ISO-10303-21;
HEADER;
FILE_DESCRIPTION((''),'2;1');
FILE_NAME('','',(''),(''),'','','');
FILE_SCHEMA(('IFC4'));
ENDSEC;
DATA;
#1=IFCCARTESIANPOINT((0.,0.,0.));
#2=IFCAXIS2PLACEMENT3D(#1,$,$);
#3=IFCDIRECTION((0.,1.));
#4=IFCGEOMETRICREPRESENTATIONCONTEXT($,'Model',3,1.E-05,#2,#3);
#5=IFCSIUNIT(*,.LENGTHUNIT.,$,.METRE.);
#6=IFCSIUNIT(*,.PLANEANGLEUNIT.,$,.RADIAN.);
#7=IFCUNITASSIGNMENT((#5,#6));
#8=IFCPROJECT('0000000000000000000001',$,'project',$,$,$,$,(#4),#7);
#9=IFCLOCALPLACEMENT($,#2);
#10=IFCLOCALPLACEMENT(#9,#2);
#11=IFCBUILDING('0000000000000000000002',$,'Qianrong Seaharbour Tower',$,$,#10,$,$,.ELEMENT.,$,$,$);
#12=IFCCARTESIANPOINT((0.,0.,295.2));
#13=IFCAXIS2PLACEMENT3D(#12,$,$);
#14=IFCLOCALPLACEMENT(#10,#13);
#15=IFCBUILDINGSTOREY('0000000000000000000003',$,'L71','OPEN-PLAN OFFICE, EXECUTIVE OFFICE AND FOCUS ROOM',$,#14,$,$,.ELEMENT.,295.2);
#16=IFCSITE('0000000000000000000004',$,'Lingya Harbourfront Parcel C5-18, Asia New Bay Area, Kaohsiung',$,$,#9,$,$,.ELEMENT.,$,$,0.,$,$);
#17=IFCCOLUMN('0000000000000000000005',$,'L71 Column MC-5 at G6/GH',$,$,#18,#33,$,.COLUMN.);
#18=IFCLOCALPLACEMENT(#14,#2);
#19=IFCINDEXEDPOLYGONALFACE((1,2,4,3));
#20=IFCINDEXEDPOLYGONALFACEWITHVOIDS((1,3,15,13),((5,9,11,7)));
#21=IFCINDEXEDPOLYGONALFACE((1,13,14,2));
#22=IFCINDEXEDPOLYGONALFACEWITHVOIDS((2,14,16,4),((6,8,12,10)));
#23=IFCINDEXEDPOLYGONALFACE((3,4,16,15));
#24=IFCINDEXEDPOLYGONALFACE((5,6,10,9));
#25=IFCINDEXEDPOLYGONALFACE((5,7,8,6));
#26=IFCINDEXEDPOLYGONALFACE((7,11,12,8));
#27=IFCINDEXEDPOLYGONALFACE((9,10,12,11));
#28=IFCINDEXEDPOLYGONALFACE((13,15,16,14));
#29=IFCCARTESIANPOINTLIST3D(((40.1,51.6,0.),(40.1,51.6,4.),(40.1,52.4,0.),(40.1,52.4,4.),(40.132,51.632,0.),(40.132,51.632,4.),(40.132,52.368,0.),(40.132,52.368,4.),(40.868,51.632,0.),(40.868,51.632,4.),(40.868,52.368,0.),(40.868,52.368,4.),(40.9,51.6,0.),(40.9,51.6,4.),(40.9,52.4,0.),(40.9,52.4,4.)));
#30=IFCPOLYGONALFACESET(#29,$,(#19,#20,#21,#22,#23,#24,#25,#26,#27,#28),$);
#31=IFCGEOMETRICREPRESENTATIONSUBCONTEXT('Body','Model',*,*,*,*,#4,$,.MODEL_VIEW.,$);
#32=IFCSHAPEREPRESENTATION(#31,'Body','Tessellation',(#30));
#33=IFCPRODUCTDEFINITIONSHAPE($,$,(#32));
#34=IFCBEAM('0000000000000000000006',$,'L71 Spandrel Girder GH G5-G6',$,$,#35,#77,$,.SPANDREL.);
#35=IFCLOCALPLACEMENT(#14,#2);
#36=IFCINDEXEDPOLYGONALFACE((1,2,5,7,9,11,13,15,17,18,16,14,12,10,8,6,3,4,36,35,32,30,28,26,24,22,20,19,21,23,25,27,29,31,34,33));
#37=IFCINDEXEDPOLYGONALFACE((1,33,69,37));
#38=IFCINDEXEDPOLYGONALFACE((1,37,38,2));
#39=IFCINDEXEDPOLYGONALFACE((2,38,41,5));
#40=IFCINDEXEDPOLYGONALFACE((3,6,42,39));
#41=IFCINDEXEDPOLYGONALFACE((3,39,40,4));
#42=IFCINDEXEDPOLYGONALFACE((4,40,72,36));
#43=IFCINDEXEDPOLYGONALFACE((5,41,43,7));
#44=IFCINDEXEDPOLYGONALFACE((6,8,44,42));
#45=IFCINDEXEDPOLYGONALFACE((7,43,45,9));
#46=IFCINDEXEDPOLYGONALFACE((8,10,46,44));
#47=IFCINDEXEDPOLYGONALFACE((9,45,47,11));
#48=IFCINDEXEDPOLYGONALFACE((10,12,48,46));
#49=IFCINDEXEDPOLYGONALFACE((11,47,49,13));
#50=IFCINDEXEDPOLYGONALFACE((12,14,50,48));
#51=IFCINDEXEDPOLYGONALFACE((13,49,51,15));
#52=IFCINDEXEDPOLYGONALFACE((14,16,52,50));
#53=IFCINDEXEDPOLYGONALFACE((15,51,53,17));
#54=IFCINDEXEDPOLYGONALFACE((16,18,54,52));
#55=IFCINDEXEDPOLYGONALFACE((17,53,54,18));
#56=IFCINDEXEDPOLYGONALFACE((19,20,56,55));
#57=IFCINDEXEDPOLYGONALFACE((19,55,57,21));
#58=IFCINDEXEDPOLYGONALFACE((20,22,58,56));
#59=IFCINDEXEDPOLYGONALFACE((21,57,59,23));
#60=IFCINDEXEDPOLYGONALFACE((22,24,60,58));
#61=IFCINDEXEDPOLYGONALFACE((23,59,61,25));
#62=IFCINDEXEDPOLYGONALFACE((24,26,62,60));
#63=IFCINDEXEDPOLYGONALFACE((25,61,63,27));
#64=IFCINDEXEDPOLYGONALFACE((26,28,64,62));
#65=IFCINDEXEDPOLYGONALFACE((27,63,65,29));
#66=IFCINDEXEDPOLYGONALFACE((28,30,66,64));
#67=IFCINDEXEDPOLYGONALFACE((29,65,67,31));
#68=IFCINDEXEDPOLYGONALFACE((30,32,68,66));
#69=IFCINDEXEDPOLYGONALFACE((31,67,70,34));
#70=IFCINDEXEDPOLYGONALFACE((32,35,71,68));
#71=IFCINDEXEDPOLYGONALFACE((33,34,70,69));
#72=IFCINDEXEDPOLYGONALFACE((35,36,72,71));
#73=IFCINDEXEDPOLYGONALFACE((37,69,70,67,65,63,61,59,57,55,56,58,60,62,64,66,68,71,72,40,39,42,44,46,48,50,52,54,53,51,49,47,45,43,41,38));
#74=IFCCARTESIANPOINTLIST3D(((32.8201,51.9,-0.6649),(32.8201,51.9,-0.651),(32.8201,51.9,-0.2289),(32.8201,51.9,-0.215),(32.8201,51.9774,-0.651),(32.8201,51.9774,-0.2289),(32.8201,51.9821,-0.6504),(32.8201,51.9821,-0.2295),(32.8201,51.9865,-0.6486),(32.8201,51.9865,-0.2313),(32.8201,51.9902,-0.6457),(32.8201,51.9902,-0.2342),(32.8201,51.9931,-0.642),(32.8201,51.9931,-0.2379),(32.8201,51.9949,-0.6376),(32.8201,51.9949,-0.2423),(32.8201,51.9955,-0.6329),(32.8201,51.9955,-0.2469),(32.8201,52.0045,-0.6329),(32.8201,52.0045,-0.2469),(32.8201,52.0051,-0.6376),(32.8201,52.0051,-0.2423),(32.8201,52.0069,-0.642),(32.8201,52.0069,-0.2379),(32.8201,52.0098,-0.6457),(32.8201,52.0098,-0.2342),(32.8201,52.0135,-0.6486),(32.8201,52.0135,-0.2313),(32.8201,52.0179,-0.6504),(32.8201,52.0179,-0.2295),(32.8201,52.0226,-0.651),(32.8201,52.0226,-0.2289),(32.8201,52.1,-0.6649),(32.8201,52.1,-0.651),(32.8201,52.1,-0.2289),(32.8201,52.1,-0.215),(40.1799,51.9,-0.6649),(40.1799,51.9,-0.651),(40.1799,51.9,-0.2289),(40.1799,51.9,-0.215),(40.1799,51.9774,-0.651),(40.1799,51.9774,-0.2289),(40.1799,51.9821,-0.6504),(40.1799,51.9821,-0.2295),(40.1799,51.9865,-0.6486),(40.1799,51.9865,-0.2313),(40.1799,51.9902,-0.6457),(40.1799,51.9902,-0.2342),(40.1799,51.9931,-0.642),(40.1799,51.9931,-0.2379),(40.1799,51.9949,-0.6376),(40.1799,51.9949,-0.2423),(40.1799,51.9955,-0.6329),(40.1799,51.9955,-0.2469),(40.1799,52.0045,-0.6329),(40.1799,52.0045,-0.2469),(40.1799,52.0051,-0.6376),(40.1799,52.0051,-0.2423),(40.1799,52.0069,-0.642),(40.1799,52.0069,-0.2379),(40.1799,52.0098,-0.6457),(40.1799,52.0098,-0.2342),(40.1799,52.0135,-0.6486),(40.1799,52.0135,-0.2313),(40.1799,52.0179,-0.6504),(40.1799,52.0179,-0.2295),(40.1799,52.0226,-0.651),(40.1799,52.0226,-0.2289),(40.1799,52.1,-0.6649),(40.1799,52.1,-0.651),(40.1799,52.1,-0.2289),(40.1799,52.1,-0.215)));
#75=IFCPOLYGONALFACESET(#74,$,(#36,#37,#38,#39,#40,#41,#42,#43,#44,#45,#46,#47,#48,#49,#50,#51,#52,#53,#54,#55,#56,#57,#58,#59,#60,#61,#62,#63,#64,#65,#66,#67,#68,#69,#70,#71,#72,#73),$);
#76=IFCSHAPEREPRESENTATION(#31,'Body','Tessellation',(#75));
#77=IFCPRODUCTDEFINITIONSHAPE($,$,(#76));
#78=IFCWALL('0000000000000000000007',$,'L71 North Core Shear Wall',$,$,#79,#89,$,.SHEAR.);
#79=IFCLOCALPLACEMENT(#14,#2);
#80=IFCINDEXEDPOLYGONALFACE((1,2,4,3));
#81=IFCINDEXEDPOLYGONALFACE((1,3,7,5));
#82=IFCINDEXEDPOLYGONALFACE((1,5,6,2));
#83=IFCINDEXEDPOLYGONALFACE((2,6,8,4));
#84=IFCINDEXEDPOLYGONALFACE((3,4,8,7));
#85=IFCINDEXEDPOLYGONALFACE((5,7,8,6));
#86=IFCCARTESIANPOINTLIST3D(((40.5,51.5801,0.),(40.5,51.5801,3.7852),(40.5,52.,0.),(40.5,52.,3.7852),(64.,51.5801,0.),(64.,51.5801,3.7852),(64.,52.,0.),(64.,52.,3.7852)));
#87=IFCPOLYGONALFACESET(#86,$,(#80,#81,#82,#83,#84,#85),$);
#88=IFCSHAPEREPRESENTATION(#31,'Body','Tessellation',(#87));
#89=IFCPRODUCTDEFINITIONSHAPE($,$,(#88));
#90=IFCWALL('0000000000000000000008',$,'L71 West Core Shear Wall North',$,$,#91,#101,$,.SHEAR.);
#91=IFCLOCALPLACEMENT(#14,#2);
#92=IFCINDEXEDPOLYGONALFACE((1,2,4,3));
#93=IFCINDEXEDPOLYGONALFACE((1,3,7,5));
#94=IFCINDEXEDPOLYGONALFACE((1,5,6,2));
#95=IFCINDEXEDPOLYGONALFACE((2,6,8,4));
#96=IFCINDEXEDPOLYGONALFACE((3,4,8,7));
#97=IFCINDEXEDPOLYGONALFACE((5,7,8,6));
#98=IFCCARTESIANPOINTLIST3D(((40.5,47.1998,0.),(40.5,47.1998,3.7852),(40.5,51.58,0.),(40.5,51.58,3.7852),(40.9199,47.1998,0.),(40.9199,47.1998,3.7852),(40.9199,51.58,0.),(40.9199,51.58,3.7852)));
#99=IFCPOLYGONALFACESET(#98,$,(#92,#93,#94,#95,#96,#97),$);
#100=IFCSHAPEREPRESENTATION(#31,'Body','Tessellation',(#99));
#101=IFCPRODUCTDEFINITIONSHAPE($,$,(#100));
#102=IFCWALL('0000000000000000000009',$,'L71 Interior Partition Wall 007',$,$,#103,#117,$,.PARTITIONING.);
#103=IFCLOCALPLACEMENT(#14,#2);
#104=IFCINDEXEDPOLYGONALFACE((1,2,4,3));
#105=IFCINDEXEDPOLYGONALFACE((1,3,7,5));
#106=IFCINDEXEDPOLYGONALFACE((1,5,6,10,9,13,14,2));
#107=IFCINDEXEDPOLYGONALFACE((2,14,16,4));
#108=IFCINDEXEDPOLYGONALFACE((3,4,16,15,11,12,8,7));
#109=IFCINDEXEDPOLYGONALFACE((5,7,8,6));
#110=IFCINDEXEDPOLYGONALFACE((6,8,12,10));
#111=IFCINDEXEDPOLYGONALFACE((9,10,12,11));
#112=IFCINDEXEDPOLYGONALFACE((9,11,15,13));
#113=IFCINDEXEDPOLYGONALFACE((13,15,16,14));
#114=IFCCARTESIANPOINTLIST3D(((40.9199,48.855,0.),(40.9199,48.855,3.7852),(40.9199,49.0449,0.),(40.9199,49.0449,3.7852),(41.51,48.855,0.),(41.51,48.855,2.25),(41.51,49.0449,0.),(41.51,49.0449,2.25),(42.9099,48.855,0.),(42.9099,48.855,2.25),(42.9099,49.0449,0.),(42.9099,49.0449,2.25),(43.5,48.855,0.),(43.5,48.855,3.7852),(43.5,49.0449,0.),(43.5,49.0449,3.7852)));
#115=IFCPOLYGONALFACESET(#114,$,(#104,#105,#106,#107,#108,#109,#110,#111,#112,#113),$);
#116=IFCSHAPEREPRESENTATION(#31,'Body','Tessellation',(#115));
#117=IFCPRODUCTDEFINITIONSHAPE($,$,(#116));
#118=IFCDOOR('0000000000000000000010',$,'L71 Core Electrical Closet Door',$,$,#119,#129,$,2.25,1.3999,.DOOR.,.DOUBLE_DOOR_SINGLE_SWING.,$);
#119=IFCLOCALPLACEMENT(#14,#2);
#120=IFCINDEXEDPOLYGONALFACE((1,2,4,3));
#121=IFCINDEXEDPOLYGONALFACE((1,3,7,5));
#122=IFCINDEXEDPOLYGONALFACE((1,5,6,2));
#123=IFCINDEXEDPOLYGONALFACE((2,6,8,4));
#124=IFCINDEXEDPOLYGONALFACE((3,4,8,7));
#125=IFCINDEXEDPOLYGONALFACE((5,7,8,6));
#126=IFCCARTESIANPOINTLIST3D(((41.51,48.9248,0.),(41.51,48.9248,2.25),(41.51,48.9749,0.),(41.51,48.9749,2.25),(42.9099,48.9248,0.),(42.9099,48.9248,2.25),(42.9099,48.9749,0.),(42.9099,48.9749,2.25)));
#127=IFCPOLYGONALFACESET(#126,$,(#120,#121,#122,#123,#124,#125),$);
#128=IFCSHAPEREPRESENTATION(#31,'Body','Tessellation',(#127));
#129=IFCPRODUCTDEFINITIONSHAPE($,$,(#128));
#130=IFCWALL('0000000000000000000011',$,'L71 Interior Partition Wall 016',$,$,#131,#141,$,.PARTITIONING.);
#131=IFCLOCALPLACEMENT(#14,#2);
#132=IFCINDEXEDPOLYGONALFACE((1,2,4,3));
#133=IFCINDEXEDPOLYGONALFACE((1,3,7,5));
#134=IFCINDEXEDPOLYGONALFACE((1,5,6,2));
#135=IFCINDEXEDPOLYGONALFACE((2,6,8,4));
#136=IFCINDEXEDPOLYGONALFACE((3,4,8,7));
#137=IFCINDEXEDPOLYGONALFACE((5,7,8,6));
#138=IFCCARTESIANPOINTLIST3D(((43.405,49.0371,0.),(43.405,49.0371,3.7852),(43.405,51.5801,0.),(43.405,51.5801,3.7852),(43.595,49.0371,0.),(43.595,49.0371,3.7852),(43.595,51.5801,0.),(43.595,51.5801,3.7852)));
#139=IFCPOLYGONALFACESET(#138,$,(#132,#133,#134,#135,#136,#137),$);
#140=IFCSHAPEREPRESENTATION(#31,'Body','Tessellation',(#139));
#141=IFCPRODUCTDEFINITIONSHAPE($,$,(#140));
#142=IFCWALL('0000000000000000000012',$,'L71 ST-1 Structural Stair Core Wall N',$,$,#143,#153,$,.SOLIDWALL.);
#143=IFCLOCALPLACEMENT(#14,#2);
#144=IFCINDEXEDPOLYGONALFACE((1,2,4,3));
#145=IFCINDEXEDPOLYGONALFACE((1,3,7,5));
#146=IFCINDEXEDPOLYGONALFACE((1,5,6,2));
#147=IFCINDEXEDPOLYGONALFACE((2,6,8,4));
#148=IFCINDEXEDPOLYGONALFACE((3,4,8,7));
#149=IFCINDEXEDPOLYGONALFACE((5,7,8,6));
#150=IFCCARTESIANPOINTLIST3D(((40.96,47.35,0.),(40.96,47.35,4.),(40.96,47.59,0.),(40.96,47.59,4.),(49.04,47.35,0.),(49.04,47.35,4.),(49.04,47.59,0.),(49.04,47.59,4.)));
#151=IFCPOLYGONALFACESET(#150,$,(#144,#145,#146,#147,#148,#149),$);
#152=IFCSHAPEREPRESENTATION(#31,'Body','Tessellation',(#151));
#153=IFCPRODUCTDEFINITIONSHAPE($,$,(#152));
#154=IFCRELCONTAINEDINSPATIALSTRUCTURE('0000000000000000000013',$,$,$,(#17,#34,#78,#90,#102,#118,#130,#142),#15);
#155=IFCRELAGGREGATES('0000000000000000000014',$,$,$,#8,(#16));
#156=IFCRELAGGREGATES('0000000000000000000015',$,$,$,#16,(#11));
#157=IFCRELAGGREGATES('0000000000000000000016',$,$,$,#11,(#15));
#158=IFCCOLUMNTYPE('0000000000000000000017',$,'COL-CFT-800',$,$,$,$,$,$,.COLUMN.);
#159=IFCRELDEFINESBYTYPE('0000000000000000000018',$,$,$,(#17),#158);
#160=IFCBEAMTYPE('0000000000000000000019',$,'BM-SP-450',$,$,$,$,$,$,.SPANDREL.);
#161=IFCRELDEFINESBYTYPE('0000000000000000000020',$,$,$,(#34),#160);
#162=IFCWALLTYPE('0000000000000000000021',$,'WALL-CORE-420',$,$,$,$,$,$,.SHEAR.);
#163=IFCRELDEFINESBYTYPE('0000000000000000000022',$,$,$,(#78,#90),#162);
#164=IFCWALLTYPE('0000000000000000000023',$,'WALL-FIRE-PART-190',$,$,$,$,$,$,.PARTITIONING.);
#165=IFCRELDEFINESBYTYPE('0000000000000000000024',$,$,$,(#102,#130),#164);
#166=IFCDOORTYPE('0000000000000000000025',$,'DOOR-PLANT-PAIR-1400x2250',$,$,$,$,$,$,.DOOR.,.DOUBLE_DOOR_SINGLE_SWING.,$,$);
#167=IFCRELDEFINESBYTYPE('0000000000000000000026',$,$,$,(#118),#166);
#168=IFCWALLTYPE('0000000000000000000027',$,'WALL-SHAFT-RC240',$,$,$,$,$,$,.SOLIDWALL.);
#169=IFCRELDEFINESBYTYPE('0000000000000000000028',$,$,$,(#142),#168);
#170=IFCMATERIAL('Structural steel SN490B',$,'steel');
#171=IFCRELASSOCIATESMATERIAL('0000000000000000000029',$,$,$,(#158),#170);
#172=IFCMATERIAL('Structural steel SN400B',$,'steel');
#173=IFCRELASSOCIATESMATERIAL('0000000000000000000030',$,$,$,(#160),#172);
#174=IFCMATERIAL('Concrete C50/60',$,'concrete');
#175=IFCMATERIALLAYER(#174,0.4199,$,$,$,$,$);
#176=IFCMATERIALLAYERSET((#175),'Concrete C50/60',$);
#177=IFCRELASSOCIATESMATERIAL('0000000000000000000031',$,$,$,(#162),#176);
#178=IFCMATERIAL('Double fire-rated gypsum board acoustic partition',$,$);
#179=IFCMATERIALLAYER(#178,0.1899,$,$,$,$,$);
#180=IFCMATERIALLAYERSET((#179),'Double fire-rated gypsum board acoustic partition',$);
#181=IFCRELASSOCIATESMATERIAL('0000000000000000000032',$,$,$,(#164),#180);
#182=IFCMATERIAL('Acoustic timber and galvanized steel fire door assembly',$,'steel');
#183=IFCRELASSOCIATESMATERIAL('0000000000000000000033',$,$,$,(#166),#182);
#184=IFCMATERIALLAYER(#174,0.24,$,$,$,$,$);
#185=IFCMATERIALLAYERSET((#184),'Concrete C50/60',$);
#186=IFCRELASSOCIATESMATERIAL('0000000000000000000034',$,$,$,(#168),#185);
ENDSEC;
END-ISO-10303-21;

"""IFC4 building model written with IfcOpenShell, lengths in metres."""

from ifc_helpers import new_model, si_unit, direction, frame, frame_2d, origin, origin_2d, place, context, subcontext, project, spatial, rectangle, hollow_rectangle, i_section, extrude, material, layer, layer_set, material_profile, profile_set, type_object, element, fill, save


model = new_model("IFC4")

# Units and contexts
model_context = context("Model", 3, precision=1e-05, world=origin(), true_north=direction((0.0, 1.0)))
body_context = subcontext(model_context, "Body", "Model", "MODEL_VIEW")
ifc_project = project(units=[si_unit("LENGTHUNIT", "METRE"), si_unit("PLANEANGLEUNIT", "RADIAN")], contexts=[model_context])

# Site, building, storey
site_placement = place(None, origin())
site = spatial("IfcSite", under=ifc_project, at=site_placement, Name="Lingya Harbourfront Parcel C5-18, Asia New Bay Area, Kaohsiung", CompositionType="ELEMENT", RefElevation=0.0)
building_placement = place(site_placement, origin())
building = spatial("IfcBuilding", under=site, at=building_placement, Name="Qianrong Seaharbour Tower", CompositionType="ELEMENT")
storey_placement = place(building_placement, frame((0.0, 0.0, 295.2)))
storey = spatial("IfcBuildingStorey", under=building, at=storey_placement, Name="L71", Description="OPEN-PLAN OFFICE, EXECUTIVE OFFICE AND FOCUS ROOM", CompositionType="ELEMENT", Elevation=295.2)

# Column
ifc_material_1 = material(Name="Structural steel SN490B", Category="steel")
ifc_material_profile_1 = material_profile(ifc_material_1, hollow_rectangle(XDim=0.8, YDim=0.8, WallThickness=0.032, at=origin_2d()), Name="BOX800x800x32")
ifc_profile_set_1 = profile_set([ifc_material_profile_1], Name="Structural steel SN490B")
column_type = type_object("IfcColumnType", Name="COL-CFT-800", PredefinedType="COLUMN", material=ifc_profile_set_1)
column_placement = place(storey_placement, frame((40.5, 52.0, 0.0), z_axis=(0.0, 0.0, 1.0), x_axis=(1.0, 0.0, 0.0)))
element("IfcColumn", 1, at=column_placement, inside=storey, type_object=column_type, Name="L71 Column MC-5 at G6/GH", PredefinedType="COLUMN", context=body_context, shape_type="SweptSolid", body=[
    extrude(hollow_rectangle(XDim=0.8, YDim=0.8, WallThickness=0.032, at=origin_2d()), origin(), (0.0, 0.0, 1.0), 4.0),
])

# Beam
ifc_material_2 = material(Name="Structural steel SN400B", Category="steel")
ifc_material_profile_2 = material_profile(ifc_material_2, i_section(OverallWidth=0.2, OverallDepth=0.45, WebThickness=0.009, FlangeThickness=0.0139, FilletRadius=0.0181, at=origin_2d()), Name="H450x200x9x14")
ifc_profile_set_2 = profile_set([ifc_material_profile_2], Name="Structural steel SN400B")
beam_type = type_object("IfcBeamType", Name="BM-SP-450", PredefinedType="SPANDREL", material=ifc_profile_set_2)
beam_placement = place(storey_placement, frame((32.8201, 52.0, -0.4399), z_axis=(1.0, 0.0, 0.0), x_axis=(0.0, 1.0, 0.0)))
element("IfcBeam", 2, at=beam_placement, inside=storey, type_object=beam_type, Name="L71 Spandrel Girder GH G5-G6", PredefinedType="SPANDREL", context=body_context, shape_type="SweptSolid", body=[
    extrude(i_section(OverallWidth=0.2, OverallDepth=0.45, WebThickness=0.009, FlangeThickness=0.0139, FilletRadius=0.0181, at=origin_2d()), origin(), (0.0, 0.0, 1.0), 7.3599),
])

# Walls
ifc_material_3 = material(Name="Concrete C50/60", Category="concrete")
ifc_layer_1 = layer(ifc_material_3, 0.4199)
ifc_layer_set_1 = layer_set([ifc_layer_1], Name="Concrete C50/60")
wall_type_1 = type_object("IfcWallType", Name="WALL-CORE-420", PredefinedType="SHEAR", material=ifc_layer_set_1)
wall_1_placement = place(storey_placement, frame((40.5, 51.79, 0.0), z_axis=(0.0, 0.0, 1.0), x_axis=(1.0, 0.0, 0.0)))
element("IfcWall", 3, at=wall_1_placement, inside=storey, type_object=wall_type_1, Name="L71 North Core Shear Wall", PredefinedType="SHEAR", context=body_context, shape_type="SweptSolid", body=[
    extrude(rectangle(XDim=23.5, YDim=0.4199, at=frame_2d((11.75, 0.0))), origin(), (0.0, 0.0, 1.0), 3.7852),
])
wall_2_placement = place(storey_placement, frame((40.71, 47.2, 0.0), z_axis=(0.0, 0.0, 1.0), x_axis=(0.0, 1.0, 0.0)))
element("IfcWall", 4, at=wall_2_placement, inside=storey, type_object=wall_type_1, Name="L71 West Core Shear Wall North", PredefinedType="SHEAR", context=body_context, shape_type="SweptSolid", body=[
    extrude(rectangle(XDim=4.3801, YDim=0.4199, at=frame_2d((2.1899, 0.0))), origin(), (0.0, 0.0, 1.0), 3.7852),
])

# Wall, opening, door
ifc_material_4 = material(Name="Acoustic timber and galvanized steel fire door assembly", Category="steel")
ifc_material_5 = material(Name="Double fire-rated gypsum board acoustic partition")
ifc_layer_2 = layer(ifc_material_5, 0.1899)
ifc_layer_set_2 = layer_set([ifc_layer_2], Name="Double fire-rated gypsum board acoustic partition")
wall_type_2 = type_object("IfcWallType", Name="WALL-FIRE-PART-190", PredefinedType="PARTITIONING", material=ifc_layer_set_2)
wall_3_placement = place(storey_placement, frame((40.9199, 48.95, 0.0), z_axis=(0.0, 0.0, 1.0), x_axis=(1.0, 0.0, 0.0)))
wall_3 = element("IfcWall", 5, at=wall_3_placement, inside=storey, type_object=wall_type_2, Name="L71 Interior Partition Wall 007", PredefinedType="PARTITIONING", context=body_context, shape_type="SweptSolid", body=[
    extrude(rectangle(XDim=2.5801, YDim=0.1899, at=frame_2d((1.29, 0.0))), origin(), (0.0, 0.0, 1.0), 3.7852),
])
opening_1_placement = place(wall_3_placement, frame((0.5901, 0.0, 0.0)))
opening_1 = element("IfcOpeningElement", 6, at=opening_1_placement, cuts=wall_3, PredefinedType="OPENING", context=body_context, shape_type="SweptSolid", body=[
    extrude(rectangle(XDim=1.3999, YDim=2.25, at=frame_2d((0.7, 1.125))), frame((0.0, 0.105, 0.0), z_axis=(0.0, -1.0, 0.0), x_axis=(1.0, 0.0, 0.0)), (0.0, 0.0, 1.0), 0.21),
])
door_type_1 = type_object("IfcDoorType", Name="DOOR-PLANT-PAIR-1400x2250", OperationType="DOUBLE_DOOR_SINGLE_SWING", PredefinedType="DOOR", material=ifc_material_4)
door_1_placement = place(opening_1_placement, origin())
door_1 = element("IfcDoor", 7, at=door_1_placement, inside=storey, type_object=door_type_1, Name="L71 Core Electrical Closet Door", OperationType="DOUBLE_DOOR_SINGLE_SWING", OverallHeight=2.25, OverallWidth=1.3999, PredefinedType="DOOR", context=body_context, shape_type="SweptSolid", body=[
    extrude(rectangle(XDim=1.3999, YDim=2.25, at=frame_2d((0.7, 1.125))), frame((0.0, 0.0249, 0.0), z_axis=(0.0, -1.0, 0.0), x_axis=(1.0, 0.0, 0.0)), (0.0, 0.0, 1.0), 0.05),
])
fill(opening_1, door_1)

# Walls
wall_4_placement = place(storey_placement, frame((43.5, 51.5801, 0.0), z_axis=(0.0, 0.0, 1.0), x_axis=(0.0, -1.0, 0.0)))
element("IfcWall", 8, at=wall_4_placement, inside=storey, type_object=wall_type_2, Name="L71 Interior Partition Wall 016", PredefinedType="PARTITIONING", context=body_context, shape_type="SweptSolid", body=[
    extrude(rectangle(XDim=2.543, YDim=0.1899, at=frame_2d((1.2715, 0.0))), origin(), (0.0, 0.0, 1.0), 3.7852),
])
ifc_layer_3 = layer(ifc_material_3, 0.24)
ifc_layer_set_3 = layer_set([ifc_layer_3], Name="Concrete C50/60")
wall_type_3 = type_object("IfcWallType", Name="WALL-SHAFT-RC240", PredefinedType="SOLIDWALL", material=ifc_layer_set_3)
wall_5_placement = place(storey_placement, frame((40.96, 47.47, 0.0), z_axis=(0.0, 0.0, 1.0), x_axis=(1.0, 0.0, 0.0)))
element("IfcWall", 9, at=wall_5_placement, inside=storey, type_object=wall_type_3, Name="L71 ST-1 Structural Stair Core Wall N", PredefinedType="SOLIDWALL", context=body_context, shape_type="SweptSolid", body=[
    extrude(rectangle(XDim=8.0801, YDim=0.24, at=frame_2d((4.04, 0.0))), origin(), (0.0, 0.0, 1.0), 4.0),
])

save(model, "model.ifc")
